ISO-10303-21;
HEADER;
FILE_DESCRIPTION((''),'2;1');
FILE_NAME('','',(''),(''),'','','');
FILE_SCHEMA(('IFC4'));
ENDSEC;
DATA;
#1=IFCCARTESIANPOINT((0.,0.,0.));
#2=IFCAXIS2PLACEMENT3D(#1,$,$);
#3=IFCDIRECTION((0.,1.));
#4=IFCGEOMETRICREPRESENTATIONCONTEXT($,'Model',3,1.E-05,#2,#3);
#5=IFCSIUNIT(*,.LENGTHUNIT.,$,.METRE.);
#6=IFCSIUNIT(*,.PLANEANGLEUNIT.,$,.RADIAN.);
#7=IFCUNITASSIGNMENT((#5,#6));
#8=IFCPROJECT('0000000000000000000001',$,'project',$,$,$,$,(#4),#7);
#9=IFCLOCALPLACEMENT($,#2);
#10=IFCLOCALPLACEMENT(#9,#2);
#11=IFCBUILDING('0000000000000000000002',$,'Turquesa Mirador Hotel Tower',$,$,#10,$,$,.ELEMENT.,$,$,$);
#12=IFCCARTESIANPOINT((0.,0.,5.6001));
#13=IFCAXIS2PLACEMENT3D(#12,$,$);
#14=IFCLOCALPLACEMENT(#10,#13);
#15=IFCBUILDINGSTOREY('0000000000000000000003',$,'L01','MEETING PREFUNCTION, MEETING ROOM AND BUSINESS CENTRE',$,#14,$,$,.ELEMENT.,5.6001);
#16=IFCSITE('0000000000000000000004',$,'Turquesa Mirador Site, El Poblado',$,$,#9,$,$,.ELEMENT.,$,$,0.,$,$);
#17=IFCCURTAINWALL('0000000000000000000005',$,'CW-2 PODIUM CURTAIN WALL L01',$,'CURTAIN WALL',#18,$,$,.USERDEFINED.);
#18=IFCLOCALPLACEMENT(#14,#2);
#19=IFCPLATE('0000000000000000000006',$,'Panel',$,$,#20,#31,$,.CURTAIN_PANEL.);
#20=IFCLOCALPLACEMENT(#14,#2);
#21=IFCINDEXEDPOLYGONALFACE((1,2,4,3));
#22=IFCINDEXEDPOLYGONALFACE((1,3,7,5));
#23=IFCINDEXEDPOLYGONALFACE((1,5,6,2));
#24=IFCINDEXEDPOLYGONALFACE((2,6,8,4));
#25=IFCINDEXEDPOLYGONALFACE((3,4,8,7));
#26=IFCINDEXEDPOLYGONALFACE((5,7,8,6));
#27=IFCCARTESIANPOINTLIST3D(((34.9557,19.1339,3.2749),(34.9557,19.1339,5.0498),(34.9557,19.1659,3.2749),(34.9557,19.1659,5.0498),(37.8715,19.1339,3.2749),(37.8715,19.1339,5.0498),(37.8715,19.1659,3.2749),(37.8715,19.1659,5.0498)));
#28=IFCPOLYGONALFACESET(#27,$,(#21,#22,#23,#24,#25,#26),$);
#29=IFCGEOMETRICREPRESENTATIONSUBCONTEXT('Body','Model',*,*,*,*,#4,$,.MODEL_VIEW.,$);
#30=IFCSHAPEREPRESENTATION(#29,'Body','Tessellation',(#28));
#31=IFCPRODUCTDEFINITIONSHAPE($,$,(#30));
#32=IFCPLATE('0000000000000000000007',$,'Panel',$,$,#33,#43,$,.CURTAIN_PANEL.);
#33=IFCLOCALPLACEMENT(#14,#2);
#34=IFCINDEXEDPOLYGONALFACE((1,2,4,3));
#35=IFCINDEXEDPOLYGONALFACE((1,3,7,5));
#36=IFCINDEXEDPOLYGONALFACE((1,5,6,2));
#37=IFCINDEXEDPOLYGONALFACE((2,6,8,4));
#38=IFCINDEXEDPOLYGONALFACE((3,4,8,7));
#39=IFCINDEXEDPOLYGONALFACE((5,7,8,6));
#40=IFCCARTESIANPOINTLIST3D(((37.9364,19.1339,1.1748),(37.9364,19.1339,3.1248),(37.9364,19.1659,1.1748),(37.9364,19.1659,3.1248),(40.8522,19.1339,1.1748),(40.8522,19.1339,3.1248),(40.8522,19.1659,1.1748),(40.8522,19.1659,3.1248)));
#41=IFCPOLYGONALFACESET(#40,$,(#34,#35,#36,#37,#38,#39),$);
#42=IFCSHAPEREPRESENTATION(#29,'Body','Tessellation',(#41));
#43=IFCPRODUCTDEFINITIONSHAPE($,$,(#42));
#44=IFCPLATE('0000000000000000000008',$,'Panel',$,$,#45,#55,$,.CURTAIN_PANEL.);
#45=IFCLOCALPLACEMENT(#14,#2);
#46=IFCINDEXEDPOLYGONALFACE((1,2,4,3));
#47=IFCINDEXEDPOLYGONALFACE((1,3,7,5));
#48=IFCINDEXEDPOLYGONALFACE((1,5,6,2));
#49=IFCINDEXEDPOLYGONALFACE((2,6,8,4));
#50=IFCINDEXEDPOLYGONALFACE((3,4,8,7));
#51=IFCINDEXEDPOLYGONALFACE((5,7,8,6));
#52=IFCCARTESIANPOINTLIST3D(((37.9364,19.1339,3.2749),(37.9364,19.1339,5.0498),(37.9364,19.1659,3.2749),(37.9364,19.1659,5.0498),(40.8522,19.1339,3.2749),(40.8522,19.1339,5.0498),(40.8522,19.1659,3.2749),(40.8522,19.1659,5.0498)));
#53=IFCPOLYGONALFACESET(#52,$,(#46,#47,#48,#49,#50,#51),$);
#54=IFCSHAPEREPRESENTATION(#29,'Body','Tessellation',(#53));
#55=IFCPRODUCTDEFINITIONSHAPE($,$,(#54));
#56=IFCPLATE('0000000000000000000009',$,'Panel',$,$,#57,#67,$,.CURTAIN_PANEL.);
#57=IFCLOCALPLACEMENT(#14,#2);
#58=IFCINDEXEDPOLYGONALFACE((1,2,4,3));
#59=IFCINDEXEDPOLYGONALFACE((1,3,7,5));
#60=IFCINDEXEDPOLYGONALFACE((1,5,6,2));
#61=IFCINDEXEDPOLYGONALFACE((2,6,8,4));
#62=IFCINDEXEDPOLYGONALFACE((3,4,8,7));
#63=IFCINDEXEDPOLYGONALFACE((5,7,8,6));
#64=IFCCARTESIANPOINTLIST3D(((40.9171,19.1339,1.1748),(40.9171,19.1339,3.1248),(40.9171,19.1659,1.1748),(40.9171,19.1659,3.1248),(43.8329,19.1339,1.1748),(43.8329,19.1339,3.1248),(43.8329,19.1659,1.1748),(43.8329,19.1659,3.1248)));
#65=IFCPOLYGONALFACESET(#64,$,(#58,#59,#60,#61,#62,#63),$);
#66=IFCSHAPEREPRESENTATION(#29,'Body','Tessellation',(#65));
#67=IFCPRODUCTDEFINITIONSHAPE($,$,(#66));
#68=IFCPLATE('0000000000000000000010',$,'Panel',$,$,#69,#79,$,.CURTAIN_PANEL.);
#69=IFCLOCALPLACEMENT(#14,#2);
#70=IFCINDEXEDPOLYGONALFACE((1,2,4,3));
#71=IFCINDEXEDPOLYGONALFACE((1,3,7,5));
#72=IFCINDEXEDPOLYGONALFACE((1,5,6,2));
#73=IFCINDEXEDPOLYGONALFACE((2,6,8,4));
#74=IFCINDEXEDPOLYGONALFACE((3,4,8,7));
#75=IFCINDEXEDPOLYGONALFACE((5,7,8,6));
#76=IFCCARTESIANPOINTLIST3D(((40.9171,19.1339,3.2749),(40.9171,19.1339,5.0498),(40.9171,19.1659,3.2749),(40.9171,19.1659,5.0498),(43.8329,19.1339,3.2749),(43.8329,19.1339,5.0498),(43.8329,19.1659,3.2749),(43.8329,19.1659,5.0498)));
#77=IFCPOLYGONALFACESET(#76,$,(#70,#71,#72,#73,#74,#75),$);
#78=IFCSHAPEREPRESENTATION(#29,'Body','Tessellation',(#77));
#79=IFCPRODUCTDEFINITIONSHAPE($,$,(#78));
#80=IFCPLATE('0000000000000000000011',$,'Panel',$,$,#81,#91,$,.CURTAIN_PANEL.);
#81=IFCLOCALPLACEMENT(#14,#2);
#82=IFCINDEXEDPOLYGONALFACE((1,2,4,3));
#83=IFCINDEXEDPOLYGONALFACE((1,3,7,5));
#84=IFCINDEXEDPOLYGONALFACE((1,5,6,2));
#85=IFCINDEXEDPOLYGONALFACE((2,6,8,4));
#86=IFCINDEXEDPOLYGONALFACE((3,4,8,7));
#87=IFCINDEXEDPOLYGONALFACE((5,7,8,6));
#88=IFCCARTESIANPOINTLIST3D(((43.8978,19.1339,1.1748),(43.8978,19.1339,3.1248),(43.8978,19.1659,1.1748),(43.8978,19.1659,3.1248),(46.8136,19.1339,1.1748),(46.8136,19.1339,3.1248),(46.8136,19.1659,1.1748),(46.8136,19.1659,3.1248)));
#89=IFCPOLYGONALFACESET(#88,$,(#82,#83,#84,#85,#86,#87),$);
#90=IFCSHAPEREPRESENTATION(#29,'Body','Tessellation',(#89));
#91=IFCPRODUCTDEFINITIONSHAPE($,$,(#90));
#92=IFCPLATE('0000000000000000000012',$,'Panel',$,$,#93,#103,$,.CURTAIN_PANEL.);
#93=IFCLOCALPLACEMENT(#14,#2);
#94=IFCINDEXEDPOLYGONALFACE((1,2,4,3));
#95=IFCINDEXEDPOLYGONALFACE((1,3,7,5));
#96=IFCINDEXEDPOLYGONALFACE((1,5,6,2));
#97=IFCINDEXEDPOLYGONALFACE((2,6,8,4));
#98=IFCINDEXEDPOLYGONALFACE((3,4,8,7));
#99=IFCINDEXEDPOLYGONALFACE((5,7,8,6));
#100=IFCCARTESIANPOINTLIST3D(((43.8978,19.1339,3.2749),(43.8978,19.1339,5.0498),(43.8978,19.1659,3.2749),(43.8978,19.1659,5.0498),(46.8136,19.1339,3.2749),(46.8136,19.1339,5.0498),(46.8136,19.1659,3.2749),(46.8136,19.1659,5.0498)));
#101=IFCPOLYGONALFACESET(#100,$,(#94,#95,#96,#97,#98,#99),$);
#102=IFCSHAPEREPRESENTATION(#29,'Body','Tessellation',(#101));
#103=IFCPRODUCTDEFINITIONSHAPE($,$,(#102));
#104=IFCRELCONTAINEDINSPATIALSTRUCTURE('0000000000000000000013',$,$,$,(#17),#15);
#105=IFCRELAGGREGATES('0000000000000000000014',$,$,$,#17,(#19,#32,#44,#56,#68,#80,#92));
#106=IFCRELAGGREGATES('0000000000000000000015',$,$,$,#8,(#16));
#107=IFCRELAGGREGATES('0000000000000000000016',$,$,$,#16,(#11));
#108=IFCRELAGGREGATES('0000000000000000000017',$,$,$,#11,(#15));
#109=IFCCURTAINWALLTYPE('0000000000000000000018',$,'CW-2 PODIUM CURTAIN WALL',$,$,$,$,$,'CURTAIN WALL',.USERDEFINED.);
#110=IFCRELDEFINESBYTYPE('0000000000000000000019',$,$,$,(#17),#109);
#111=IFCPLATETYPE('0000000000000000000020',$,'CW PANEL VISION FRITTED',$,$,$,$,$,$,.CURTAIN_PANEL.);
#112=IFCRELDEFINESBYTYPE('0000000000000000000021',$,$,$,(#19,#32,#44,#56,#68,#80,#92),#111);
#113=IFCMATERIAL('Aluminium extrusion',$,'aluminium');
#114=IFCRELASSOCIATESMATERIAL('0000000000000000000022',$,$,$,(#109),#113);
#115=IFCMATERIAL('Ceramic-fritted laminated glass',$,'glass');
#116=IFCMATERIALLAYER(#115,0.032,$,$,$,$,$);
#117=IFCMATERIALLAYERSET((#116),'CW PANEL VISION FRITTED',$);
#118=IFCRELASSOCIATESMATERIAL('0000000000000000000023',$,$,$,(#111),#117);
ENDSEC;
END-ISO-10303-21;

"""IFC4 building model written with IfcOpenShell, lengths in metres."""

from ifc_helpers import new_model, si_unit, direction, frame, origin, origin_2d, place, context, subcontext, project, spatial, rectangle, extrude, material, layer, layer_set, type_object, element, aggregate, save


model = new_model("IFC4")

# Units and contexts
model_context = context("Model", 3, precision=1e-05, world=origin(), true_north=direction((0.0, 1.0)))
body_context = subcontext(model_context, "Body", "Model", "MODEL_VIEW")
ifc_project = project(units=[si_unit("LENGTHUNIT", "METRE"), si_unit("PLANEANGLEUNIT", "RADIAN")], contexts=[model_context])

# Site, building, storey
site_placement = place(None, origin())
site = spatial("IfcSite", under=ifc_project, at=site_placement, Name="Turquesa Mirador Site, El Poblado", CompositionType="ELEMENT", RefElevation=0.0)
building_placement = place(site_placement, origin())
building = spatial("IfcBuilding", under=site, at=building_placement, Name="Turquesa Mirador Hotel Tower", CompositionType="ELEMENT")
storey_placement = place(building_placement, frame((0.0, 0.0, 5.6001)))
storey = spatial("IfcBuildingStorey", under=building, at=storey_placement, Name="L01", Description="MEETING PREFUNCTION, MEETING ROOM AND BUSINESS CENTRE", CompositionType="ELEMENT", Elevation=5.6001)

# Curtain wall, plates
ifc_material_1 = material(Name="Aluminium extrusion", Category="aluminium")
curtain_wall_type = type_object("IfcCurtainWallType", Name="CW-2 PODIUM CURTAIN WALL", ElementType="CURTAIN WALL", PredefinedType="USERDEFINED", material=ifc_material_1)
curtain_wall_placement = place(storey_placement, origin())
curtain_wall = element("IfcCurtainWall", 1, at=curtain_wall_placement, inside=storey, type_object=curtain_wall_type, Name="CW-2 PODIUM CURTAIN WALL L01", ObjectType="CURTAIN WALL", PredefinedType="USERDEFINED")
ifc_material_2 = material(Name="Ceramic-fritted laminated glass", Category="glass")
ifc_layer_1 = layer(ifc_material_2, 0.032)
ifc_layer_set_1 = layer_set([ifc_layer_1], Name="CW PANEL VISION FRITTED")
plate_type_1 = type_object("IfcPlateType", Name="CW PANEL VISION FRITTED", PredefinedType="CURTAIN_PANEL", material=ifc_layer_set_1)
plate_1_placement = place(storey_placement, frame((36.4136, 19.1499, 3.2749), z_axis=(0.0, 0.0, 1.0), x_axis=(1.0, 0.0, 0.0)))
plate_1 = element("IfcPlate", 2, at=plate_1_placement, type_object=plate_type_1, Name="Panel", PredefinedType="CURTAIN_PANEL", context=body_context, shape_type="SweptSolid", body=[
    extrude(rectangle(XDim=2.9158, YDim=0.032, at=origin_2d()), origin(), (0.0, 0.0, 1.0), 1.7749),
])
plate_2_placement = place(storey_placement, frame((39.3943, 19.1499, 1.1748), z_axis=(0.0, 0.0, 1.0), x_axis=(1.0, 0.0, 0.0)))
plate_2 = element("IfcPlate", 3, at=plate_2_placement, type_object=plate_type_1, Name="Panel", PredefinedType="CURTAIN_PANEL", context=body_context, shape_type="SweptSolid", body=[
    extrude(rectangle(XDim=2.9158, YDim=0.032, at=origin_2d()), origin(), (0.0, 0.0, 1.0), 1.95),
])
plate_3_placement = place(storey_placement, frame((39.3943, 19.1499, 3.2749), z_axis=(0.0, 0.0, 1.0), x_axis=(1.0, 0.0, 0.0)))
plate_3 = element("IfcPlate", 4, at=plate_3_placement, type_object=plate_type_1, Name="Panel", PredefinedType="CURTAIN_PANEL", context=body_context, shape_type="SweptSolid", body=[
    extrude(rectangle(XDim=2.9158, YDim=0.032, at=origin_2d()), origin(), (0.0, 0.0, 1.0), 1.7749),
])
plate_4_placement = place(storey_placement, frame((42.375, 19.1499, 1.1748), z_axis=(0.0, 0.0, 1.0), x_axis=(1.0, 0.0, 0.0)))
plate_4 = element("IfcPlate", 5, at=plate_4_placement, type_object=plate_type_1, Name="Panel", PredefinedType="CURTAIN_PANEL", context=body_context, shape_type="SweptSolid", body=[
    extrude(rectangle(XDim=2.9158, YDim=0.032, at=origin_2d()), origin(), (0.0, 0.0, 1.0), 1.95),
])
plate_5_placement = place(storey_placement, frame((42.375, 19.1499, 3.2749), z_axis=(0.0, 0.0, 1.0), x_axis=(1.0, 0.0, 0.0)))
plate_5 = element("IfcPlate", 6, at=plate_5_placement, type_object=plate_type_1, Name="Panel", PredefinedType="CURTAIN_PANEL", context=body_context, shape_type="SweptSolid", body=[
    extrude(rectangle(XDim=2.9158, YDim=0.032, at=origin_2d()), origin(), (0.0, 0.0, 1.0), 1.7749),
])
plate_6_placement = place(storey_placement, frame((45.3557, 19.1499, 1.1748), z_axis=(0.0, 0.0, 1.0), x_axis=(1.0, 0.0, 0.0)))
plate_6 = element("IfcPlate", 7, at=plate_6_placement, type_object=plate_type_1, Name="Panel", PredefinedType="CURTAIN_PANEL", context=body_context, shape_type="SweptSolid", body=[
    extrude(rectangle(XDim=2.9158, YDim=0.032, at=origin_2d()), origin(), (0.0, 0.0, 1.0), 1.95),
])
plate_7_placement = place(storey_placement, frame((45.3557, 19.1499, 3.2749), z_axis=(0.0, 0.0, 1.0), x_axis=(1.0, 0.0, 0.0)))
plate_7 = element("IfcPlate", 8, at=plate_7_placement, type_object=plate_type_1, Name="Panel", PredefinedType="CURTAIN_PANEL", context=body_context, shape_type="SweptSolid", body=[
    extrude(rectangle(XDim=2.9158, YDim=0.032, at=origin_2d()), origin(), (0.0, 0.0, 1.0), 1.7749),
])
aggregate(curtain_wall, [plate_1, plate_2, plate_3, plate_4, plate_5, plate_6, plate_7])

save(model, "model.ifc")
